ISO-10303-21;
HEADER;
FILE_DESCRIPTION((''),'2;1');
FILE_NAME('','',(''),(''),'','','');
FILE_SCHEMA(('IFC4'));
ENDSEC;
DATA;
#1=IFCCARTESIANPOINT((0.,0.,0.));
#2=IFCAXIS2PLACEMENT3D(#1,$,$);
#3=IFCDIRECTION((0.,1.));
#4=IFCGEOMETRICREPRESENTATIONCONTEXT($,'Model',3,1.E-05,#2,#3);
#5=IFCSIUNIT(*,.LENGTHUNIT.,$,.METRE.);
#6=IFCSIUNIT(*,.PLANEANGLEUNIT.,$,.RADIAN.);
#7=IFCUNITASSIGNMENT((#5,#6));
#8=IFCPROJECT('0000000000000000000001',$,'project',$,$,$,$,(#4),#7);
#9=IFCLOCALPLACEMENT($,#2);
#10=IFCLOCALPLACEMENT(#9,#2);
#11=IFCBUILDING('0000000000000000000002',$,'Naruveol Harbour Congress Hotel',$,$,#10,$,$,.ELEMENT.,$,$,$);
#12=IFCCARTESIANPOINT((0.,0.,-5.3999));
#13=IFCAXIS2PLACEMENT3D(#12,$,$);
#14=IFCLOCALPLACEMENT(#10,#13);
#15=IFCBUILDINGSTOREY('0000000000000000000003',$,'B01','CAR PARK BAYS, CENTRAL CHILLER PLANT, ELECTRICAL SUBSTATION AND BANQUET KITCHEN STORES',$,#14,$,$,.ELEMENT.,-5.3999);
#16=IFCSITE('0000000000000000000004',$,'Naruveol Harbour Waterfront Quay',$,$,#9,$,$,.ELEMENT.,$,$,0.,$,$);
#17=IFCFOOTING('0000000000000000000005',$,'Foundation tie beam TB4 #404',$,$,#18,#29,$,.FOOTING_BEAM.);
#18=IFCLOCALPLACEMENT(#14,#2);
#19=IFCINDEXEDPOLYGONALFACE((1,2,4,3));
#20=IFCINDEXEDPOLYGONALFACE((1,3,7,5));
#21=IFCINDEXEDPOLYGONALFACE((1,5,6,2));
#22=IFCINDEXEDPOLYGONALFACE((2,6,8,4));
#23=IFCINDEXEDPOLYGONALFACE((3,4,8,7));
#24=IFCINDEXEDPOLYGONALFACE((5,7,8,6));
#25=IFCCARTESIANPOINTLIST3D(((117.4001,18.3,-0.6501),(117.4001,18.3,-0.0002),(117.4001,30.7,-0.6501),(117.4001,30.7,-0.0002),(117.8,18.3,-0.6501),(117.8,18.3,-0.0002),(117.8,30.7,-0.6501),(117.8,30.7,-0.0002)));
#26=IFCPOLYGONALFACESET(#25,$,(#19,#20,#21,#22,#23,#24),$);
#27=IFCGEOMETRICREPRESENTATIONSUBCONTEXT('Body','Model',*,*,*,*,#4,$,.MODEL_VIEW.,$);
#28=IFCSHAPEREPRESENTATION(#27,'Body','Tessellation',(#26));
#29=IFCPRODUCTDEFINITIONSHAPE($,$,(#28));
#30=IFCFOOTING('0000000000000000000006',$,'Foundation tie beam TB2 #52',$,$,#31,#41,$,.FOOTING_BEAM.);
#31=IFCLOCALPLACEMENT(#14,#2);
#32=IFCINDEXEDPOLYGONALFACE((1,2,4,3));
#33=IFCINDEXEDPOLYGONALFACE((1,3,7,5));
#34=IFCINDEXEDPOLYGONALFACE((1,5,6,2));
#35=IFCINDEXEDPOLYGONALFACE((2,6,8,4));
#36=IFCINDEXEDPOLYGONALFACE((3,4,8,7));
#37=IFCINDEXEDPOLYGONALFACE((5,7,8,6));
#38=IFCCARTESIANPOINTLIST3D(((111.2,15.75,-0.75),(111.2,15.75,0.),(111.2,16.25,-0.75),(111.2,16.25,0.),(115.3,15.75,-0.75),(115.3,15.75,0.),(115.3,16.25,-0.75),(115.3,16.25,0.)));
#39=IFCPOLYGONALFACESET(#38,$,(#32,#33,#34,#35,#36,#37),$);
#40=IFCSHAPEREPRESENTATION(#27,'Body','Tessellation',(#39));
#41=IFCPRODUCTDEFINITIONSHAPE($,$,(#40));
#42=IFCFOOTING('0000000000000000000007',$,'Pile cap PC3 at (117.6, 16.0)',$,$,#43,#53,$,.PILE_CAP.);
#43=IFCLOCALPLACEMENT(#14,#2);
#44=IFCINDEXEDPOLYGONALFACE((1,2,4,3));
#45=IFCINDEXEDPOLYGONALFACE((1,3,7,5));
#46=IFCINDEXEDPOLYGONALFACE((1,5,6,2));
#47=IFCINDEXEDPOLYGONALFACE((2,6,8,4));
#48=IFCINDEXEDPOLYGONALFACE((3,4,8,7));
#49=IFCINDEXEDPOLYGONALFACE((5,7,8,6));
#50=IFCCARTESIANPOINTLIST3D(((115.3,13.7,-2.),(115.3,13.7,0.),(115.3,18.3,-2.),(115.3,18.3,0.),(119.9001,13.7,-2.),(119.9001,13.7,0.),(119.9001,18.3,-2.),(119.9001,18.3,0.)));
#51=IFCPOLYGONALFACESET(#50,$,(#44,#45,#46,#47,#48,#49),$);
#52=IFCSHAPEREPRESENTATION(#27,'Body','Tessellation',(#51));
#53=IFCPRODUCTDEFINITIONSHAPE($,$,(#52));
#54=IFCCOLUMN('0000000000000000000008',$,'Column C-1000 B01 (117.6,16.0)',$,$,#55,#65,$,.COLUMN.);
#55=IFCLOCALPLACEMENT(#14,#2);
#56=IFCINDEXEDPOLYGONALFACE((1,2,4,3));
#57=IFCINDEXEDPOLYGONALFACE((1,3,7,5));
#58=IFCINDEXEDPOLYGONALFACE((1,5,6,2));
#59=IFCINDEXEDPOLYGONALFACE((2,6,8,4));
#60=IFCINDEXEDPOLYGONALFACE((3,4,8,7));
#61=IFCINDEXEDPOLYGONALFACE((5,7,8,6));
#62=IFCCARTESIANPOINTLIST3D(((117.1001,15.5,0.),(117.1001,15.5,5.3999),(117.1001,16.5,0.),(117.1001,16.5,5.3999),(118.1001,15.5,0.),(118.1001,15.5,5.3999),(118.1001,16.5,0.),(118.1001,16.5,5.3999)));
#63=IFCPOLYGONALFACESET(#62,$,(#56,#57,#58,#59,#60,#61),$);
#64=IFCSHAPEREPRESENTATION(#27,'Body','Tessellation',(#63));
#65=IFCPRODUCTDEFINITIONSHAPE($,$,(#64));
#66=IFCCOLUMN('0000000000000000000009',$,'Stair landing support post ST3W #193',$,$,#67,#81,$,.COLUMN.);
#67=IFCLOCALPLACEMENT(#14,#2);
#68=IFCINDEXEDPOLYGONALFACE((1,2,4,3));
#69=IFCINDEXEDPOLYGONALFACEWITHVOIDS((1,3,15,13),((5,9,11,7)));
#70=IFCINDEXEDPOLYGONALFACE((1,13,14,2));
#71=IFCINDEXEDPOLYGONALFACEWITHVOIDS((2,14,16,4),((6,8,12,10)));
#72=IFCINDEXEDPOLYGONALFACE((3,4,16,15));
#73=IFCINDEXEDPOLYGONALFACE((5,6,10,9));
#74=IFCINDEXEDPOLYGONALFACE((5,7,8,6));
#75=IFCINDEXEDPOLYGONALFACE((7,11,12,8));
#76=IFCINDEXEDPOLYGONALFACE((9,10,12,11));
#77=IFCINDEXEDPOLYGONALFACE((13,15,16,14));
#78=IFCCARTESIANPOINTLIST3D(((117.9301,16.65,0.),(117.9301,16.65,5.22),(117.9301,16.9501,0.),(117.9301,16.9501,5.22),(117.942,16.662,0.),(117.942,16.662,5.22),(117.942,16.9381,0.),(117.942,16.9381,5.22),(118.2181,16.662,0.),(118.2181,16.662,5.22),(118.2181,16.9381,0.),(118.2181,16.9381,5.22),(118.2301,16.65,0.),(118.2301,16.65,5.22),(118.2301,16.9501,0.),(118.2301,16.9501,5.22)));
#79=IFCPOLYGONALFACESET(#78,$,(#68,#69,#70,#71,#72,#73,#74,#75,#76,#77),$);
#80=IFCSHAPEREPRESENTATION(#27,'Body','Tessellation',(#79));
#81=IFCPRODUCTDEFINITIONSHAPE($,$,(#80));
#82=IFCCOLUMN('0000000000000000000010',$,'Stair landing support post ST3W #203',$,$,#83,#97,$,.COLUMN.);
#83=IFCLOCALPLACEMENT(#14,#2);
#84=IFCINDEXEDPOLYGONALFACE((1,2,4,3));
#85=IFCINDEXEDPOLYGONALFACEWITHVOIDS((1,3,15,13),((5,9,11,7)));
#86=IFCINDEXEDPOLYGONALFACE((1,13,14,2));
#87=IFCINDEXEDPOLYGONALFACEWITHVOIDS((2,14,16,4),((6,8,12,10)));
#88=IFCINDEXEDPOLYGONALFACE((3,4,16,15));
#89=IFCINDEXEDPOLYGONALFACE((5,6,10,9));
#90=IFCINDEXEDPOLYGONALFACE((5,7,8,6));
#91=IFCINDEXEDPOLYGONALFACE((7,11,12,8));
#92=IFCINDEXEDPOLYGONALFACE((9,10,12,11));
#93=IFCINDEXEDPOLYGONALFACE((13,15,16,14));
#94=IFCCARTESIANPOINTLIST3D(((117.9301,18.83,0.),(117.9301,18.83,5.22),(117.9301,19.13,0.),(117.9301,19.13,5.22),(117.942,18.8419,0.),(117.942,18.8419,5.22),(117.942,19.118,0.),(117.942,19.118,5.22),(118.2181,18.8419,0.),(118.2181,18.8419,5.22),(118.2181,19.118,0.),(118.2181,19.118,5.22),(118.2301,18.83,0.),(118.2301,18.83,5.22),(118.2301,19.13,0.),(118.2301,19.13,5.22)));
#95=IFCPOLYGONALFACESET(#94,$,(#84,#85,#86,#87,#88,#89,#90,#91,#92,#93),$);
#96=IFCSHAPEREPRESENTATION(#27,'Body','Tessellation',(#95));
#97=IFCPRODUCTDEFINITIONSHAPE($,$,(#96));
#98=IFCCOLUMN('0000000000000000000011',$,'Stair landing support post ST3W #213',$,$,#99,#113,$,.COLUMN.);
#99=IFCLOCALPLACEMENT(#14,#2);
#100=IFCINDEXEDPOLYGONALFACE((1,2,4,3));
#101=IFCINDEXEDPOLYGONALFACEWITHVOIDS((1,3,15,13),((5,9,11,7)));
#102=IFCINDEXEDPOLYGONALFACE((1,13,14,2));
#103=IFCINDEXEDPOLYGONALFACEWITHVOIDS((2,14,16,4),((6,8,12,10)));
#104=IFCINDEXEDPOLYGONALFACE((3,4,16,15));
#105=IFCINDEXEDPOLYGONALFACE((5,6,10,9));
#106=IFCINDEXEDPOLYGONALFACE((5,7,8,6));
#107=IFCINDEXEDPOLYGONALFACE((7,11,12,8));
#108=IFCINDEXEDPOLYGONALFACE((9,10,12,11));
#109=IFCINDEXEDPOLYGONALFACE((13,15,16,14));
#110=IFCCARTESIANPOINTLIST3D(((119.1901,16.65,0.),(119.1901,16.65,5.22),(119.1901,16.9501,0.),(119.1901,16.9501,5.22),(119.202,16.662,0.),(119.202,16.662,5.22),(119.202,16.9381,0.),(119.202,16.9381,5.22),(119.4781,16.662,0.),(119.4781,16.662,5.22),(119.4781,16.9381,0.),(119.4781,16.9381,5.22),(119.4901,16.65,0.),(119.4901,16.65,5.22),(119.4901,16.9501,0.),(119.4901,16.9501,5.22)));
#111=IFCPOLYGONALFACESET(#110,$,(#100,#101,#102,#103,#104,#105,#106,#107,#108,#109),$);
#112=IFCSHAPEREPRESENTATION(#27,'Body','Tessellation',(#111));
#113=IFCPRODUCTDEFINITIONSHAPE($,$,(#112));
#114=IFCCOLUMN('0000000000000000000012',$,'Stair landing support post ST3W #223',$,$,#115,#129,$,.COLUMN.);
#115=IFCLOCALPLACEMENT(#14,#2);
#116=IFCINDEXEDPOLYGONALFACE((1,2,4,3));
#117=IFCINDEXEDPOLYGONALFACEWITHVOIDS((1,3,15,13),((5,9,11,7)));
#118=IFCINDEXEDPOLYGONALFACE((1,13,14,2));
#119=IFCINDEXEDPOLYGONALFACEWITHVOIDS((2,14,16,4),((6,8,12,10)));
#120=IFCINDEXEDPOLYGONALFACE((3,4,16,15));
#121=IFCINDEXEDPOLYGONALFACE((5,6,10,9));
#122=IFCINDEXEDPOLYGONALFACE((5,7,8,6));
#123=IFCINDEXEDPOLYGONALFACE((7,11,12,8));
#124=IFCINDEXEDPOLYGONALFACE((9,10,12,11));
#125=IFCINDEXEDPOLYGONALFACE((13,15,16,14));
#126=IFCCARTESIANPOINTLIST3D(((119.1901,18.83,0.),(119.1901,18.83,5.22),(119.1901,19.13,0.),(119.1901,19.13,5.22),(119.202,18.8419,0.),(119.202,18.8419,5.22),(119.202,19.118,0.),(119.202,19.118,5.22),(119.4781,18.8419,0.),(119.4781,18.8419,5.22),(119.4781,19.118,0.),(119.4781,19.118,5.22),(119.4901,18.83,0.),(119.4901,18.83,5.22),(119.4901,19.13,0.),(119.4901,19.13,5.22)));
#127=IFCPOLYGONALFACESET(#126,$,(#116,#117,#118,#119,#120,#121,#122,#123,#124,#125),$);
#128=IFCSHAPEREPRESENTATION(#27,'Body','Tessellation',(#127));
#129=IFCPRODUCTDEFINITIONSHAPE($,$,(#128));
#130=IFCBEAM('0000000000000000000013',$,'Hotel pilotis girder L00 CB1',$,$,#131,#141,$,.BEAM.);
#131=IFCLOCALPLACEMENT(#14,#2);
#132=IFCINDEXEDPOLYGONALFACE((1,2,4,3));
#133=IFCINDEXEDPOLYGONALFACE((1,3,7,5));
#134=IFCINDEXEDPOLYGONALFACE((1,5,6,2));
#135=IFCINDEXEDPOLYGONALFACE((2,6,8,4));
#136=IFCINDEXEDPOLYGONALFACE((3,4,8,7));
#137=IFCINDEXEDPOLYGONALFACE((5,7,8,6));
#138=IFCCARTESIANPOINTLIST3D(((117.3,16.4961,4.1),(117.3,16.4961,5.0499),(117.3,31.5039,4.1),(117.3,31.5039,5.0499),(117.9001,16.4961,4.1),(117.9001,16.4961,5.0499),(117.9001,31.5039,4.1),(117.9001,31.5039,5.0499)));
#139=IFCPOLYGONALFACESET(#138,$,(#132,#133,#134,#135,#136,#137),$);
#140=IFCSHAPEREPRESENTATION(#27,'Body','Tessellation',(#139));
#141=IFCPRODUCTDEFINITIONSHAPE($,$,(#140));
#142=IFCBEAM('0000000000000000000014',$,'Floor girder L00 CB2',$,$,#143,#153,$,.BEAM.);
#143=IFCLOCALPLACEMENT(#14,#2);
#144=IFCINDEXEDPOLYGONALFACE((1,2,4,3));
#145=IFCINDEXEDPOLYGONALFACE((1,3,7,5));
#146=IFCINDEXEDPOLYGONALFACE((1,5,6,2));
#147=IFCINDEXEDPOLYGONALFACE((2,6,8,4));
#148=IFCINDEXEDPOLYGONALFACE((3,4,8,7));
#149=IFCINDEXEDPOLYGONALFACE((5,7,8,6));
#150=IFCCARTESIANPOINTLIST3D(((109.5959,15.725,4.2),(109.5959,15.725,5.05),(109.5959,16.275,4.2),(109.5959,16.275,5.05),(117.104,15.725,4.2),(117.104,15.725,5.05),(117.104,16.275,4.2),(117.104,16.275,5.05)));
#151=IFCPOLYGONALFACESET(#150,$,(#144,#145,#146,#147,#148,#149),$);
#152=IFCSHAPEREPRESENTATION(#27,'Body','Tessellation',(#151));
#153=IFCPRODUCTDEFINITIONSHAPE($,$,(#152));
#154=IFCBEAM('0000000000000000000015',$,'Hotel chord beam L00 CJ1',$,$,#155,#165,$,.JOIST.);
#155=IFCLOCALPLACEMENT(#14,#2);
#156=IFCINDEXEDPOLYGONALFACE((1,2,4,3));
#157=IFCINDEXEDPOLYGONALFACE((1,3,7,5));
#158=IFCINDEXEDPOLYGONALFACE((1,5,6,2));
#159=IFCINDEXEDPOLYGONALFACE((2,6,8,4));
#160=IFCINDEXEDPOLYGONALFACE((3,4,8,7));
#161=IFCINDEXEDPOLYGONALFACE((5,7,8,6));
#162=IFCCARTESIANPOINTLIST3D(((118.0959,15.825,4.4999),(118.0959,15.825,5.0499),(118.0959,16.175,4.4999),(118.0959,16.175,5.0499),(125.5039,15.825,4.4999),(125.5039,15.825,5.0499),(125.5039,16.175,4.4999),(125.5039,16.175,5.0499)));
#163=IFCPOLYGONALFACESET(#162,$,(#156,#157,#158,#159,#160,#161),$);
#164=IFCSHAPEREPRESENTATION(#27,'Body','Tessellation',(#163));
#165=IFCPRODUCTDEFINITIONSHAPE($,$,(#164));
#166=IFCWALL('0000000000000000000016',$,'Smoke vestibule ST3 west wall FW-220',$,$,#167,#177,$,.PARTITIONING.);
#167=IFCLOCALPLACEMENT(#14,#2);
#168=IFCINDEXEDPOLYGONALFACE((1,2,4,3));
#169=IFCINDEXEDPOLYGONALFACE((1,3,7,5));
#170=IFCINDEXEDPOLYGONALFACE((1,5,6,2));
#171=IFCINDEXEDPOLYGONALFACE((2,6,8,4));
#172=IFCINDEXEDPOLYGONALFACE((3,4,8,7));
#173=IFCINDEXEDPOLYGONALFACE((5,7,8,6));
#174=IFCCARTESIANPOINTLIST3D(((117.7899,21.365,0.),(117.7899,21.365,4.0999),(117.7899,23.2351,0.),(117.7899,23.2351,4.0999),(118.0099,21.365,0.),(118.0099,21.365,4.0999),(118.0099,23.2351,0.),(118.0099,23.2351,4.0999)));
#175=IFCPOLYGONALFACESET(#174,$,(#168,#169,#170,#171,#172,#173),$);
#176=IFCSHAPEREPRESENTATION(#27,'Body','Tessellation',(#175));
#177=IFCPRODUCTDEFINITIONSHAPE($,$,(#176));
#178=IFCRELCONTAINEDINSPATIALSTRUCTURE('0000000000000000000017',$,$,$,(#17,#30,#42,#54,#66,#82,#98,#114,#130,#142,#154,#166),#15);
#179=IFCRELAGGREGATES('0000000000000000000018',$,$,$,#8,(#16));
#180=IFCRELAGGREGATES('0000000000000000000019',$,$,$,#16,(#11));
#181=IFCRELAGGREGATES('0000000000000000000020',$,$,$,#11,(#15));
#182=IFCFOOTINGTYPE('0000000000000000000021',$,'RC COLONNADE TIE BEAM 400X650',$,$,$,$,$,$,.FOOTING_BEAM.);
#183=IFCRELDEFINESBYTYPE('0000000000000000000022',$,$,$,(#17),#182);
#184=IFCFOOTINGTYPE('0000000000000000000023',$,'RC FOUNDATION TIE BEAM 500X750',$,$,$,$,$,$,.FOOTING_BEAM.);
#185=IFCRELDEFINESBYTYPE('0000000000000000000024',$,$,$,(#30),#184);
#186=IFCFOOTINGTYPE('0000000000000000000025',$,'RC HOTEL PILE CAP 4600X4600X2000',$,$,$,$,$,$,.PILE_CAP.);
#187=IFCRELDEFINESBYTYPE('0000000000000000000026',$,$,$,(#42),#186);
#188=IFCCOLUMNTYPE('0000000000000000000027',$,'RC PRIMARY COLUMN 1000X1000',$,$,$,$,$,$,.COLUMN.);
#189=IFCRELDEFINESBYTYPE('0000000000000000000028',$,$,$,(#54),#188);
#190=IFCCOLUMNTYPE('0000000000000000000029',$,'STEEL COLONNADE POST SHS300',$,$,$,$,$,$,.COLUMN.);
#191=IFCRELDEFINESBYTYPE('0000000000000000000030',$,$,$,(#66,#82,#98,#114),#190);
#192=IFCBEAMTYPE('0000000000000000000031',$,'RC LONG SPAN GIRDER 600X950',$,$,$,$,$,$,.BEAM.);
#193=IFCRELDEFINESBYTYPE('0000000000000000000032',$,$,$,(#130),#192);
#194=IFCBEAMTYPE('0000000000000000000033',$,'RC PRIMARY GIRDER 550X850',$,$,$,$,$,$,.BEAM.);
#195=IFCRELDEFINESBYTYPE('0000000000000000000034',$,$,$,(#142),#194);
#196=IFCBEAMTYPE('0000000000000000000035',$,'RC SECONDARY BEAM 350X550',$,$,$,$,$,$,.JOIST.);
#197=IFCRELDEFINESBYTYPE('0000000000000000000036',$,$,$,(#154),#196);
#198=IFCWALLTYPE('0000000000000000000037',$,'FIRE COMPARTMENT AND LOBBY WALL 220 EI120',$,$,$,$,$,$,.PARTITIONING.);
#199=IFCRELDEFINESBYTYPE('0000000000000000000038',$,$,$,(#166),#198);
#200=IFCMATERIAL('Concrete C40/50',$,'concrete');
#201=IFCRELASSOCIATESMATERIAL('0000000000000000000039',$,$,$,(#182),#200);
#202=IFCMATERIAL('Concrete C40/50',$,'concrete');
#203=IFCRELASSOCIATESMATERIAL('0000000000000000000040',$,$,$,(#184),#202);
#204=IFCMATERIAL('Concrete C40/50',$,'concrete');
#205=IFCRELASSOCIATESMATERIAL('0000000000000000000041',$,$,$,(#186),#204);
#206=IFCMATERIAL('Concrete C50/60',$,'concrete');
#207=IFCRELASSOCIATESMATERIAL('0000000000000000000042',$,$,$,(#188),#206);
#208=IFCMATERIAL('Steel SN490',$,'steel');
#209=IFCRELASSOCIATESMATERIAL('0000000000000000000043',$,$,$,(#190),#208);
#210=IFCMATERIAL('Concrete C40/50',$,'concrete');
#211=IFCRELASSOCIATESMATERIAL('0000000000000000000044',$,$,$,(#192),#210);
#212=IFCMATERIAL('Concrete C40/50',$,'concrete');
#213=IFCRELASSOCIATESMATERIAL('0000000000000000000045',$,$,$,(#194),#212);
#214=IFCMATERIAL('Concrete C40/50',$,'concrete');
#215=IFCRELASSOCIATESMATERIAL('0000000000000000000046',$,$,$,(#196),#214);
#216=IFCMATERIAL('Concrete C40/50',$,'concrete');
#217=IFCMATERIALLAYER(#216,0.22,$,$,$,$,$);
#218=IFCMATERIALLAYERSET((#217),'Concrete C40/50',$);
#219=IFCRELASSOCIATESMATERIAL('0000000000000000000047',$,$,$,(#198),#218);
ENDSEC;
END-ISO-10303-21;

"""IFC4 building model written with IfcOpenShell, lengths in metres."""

from ifc_helpers import new_model, si_unit, direction, frame, frame_2d, origin, origin_2d, place, context, subcontext, project, spatial, rectangle, hollow_rectangle, extrude, material, layer, layer_set, material_profile, profile_set, type_object, element, save


model = new_model("IFC4")

# Units and contexts
model_context = context("Model", 3, precision=1e-05, world=origin(), true_north=direction((0.0, 1.0)))
body_context = subcontext(model_context, "Body", "Model", "MODEL_VIEW")
ifc_project = project(units=[si_unit("LENGTHUNIT", "METRE"), si_unit("PLANEANGLEUNIT", "RADIAN")], contexts=[model_context])

# Site, building, storey
site_placement = place(None, origin())
site = spatial("IfcSite", under=ifc_project, at=site_placement, Name="Naruveol Harbour Waterfront Quay", CompositionType="ELEMENT", RefElevation=0.0)
building_placement = place(site_placement, origin())
building = spatial("IfcBuilding", under=site, at=building_placement, Name="Naruveol Harbour Congress Hotel", CompositionType="ELEMENT")
storey_placement = place(building_placement, frame((0.0, 0.0, -5.3999)))
storey = spatial("IfcBuildingStorey", under=building, at=storey_placement, Name="B01", Description="CAR PARK BAYS, CENTRAL CHILLER PLANT, ELECTRICAL SUBSTATION AND BANQUET KITCHEN STORES", CompositionType="ELEMENT", Elevation=-5.3999)

# Footings
ifc_material_1 = material(Name="Concrete C40/50", Category="concrete")
ifc_material_profile_1 = material_profile(ifc_material_1, rectangle(XDim=0.3999, YDim=0.6499, at=origin_2d()), Name="RCB-400x650")
ifc_profile_set_1 = profile_set([ifc_material_profile_1], Name="Concrete C40/50")
footing_type_1 = type_object("IfcFootingType", Name="RC COLONNADE TIE BEAM 400X650", PredefinedType="FOOTING_BEAM", material=ifc_profile_set_1)
footing_1_placement = place(storey_placement, frame((117.6001, 18.3, -0.3252), z_axis=(0.0, 1.0, 0.0), x_axis=(-1.0, 0.0, 0.0)))
element("IfcFooting", 1, at=footing_1_placement, inside=storey, type_object=footing_type_1, Name="Foundation tie beam TB4 #404", PredefinedType="FOOTING_BEAM", context=body_context, shape_type="SweptSolid", body=[
    extrude(rectangle(XDim=0.3999, YDim=0.6499, at=origin_2d()), origin(), (0.0, 0.0, 1.0), 12.3999),
])
ifc_material_2 = material(Name="Concrete C40/50", Category="concrete")
ifc_material_profile_2 = material_profile(ifc_material_2, rectangle(XDim=0.5, YDim=0.75, at=origin_2d()), Name="RCB-500x750")
ifc_profile_set_2 = profile_set([ifc_material_profile_2], Name="Concrete C40/50")
footing_type_2 = type_object("IfcFootingType", Name="RC FOUNDATION TIE BEAM 500X750", PredefinedType="FOOTING_BEAM", material=ifc_profile_set_2)
footing_2_placement = place(storey_placement, frame((111.2, 16.0, -0.375), z_axis=(1.0, 0.0, 0.0), x_axis=(0.0, 1.0, 0.0)))
element("IfcFooting", 2, at=footing_2_placement, inside=storey, type_object=footing_type_2, Name="Foundation tie beam TB2 #52", PredefinedType="FOOTING_BEAM", context=body_context, shape_type="SweptSolid", body=[
    extrude(rectangle(XDim=0.5, YDim=0.75, at=origin_2d()), origin(), (0.0, 0.0, 1.0), 4.1001),
])
ifc_material_3 = material(Name="Concrete C40/50", Category="concrete")
footing_type_3 = type_object("IfcFootingType", Name="RC HOTEL PILE CAP 4600X4600X2000", PredefinedType="PILE_CAP", material=ifc_material_3)
footing_3_placement = place(storey_placement, frame((117.6001, 16.0, -2.0), z_axis=(0.0, 0.0, 1.0), x_axis=(1.0, 0.0, 0.0)))
element("IfcFooting", 3, at=footing_3_placement, inside=storey, type_object=footing_type_3, Name="Pile cap PC3 at (117.6, 16.0)", PredefinedType="PILE_CAP", context=body_context, shape_type="SweptSolid", body=[
    extrude(rectangle(XDim=4.6001, YDim=4.6001, at=origin_2d()), origin(), (0.0, 0.0, 1.0), 2.0),
])

# Columns
ifc_material_4 = material(Name="Concrete C50/60", Category="concrete")
ifc_material_profile_3 = material_profile(ifc_material_4, rectangle(XDim=1.0, YDim=1.0, at=origin_2d()), Name="RC-1000x1000")
ifc_profile_set_3 = profile_set([ifc_material_profile_3], Name="Concrete C50/60")
column_type_1 = type_object("IfcColumnType", Name="RC PRIMARY COLUMN 1000X1000", PredefinedType="COLUMN", material=ifc_profile_set_3)
column_placement = place(storey_placement, frame((117.6001, 16.0, 0.0), z_axis=(0.0, 0.0, 1.0), x_axis=(1.0, 0.0, 0.0)))
element("IfcColumn", 4, at=column_placement, inside=storey, type_object=column_type_1, Name="Column C-1000 B01 (117.6,16.0)", PredefinedType="COLUMN", context=body_context, shape_type="SweptSolid", body=[
    extrude(rectangle(XDim=1.0, YDim=1.0, at=origin_2d()), origin(), (0.0, 0.0, 1.0), 5.3999),
])
ifc_material_5 = material(Name="Steel SN490", Category="steel")
ifc_material_profile_4 = material_profile(ifc_material_5, hollow_rectangle(XDim=0.3, YDim=0.3, WallThickness=0.012, at=origin_2d()), Name="SHS-300x300x12")
ifc_profile_set_4 = profile_set([ifc_material_profile_4], Name="Steel SN490")
column_type_2 = type_object("IfcColumnType", Name="STEEL COLONNADE POST SHS300", PredefinedType="COLUMN", material=ifc_profile_set_4)
for number, where, z_axis, x_axis, name in (
    (5, (118.0801, 16.8, 0.0), (0.0, 0.0, 1.0), (1.0, 0.0, 0.0), "Stair landing support post ST3W #193"),
    (6, (118.0801, 18.98, 0.0), (0.0, 0.0, 1.0), (1.0, 0.0, 0.0), "Stair landing support post ST3W #203"),
    (7, (119.3401, 16.8, 0.0), (0.0, 0.0, 1.0), (1.0, 0.0, 0.0), "Stair landing support post ST3W #213"),
    (8, (119.3401, 18.98, 0.0), (0.0, 0.0, 1.0), (1.0, 0.0, 0.0), "Stair landing support post ST3W #223"),
):
    element("IfcColumn", number, at=place(storey_placement, frame(where, z_axis=z_axis, x_axis=x_axis)), inside=storey, type_object=column_type_2, Name=name, PredefinedType="COLUMN", context=body_context, shape_type="SweptSolid", body=[
        extrude(hollow_rectangle(XDim=0.3, YDim=0.3, WallThickness=0.012, at=origin_2d()), origin(), (0.0, 0.0, 1.0), 5.22),
    ])

# Beams
ifc_material_6 = material(Name="Concrete C40/50", Category="concrete")
ifc_material_profile_5 = material_profile(ifc_material_6, rectangle(XDim=0.6001, YDim=0.95, at=origin_2d()), Name="RCB-600x950")
ifc_profile_set_5 = profile_set([ifc_material_profile_5], Name="Concrete C40/50")
beam_type_1 = type_object("IfcBeamType", Name="RC LONG SPAN GIRDER 600X950", PredefinedType="BEAM", material=ifc_profile_set_5)
beam_1_placement = place(storey_placement, frame((117.6001, 16.4961, 4.575), z_axis=(0.0, 1.0, 0.0), x_axis=(-1.0, 0.0, 0.0)))
element("IfcBeam", 9, at=beam_1_placement, inside=storey, type_object=beam_type_1, Name="Hotel pilotis girder L00 CB1", PredefinedType="BEAM", context=body_context, shape_type="SweptSolid", body=[
    extrude(rectangle(XDim=0.6001, YDim=0.95, at=origin_2d()), origin(), (0.0, 0.0, 1.0), 15.0078),
])
ifc_material_7 = material(Name="Concrete C40/50", Category="concrete")
ifc_material_profile_6 = material_profile(ifc_material_7, rectangle(XDim=0.55, YDim=0.8501, at=origin_2d()), Name="RCB-550x850")
ifc_profile_set_6 = profile_set([ifc_material_profile_6], Name="Concrete C40/50")
beam_type_2 = type_object("IfcBeamType", Name="RC PRIMARY GIRDER 550X850", PredefinedType="BEAM", material=ifc_profile_set_6)
beam_2_placement = place(storey_placement, frame((109.5959, 16.0, 4.625), z_axis=(1.0, 0.0, 0.0), x_axis=(0.0, 1.0, 0.0)))
element("IfcBeam", 10, at=beam_2_placement, inside=storey, type_object=beam_type_2, Name="Floor girder L00 CB2", PredefinedType="BEAM", context=body_context, shape_type="SweptSolid", body=[
    extrude(rectangle(XDim=0.55, YDim=0.8501, at=origin_2d()), origin(), (0.0, 0.0, 1.0), 7.5081),
])
ifc_material_8 = material(Name="Concrete C40/50", Category="concrete")
ifc_material_profile_7 = material_profile(ifc_material_8, rectangle(XDim=0.3501, YDim=0.55, at=origin_2d()), Name="RCB-350x550")
ifc_profile_set_7 = profile_set([ifc_material_profile_7], Name="Concrete C40/50")
beam_type_3 = type_object("IfcBeamType", Name="RC SECONDARY BEAM 350X550", PredefinedType="JOIST", material=ifc_profile_set_7)
beam_3_placement = place(storey_placement, frame((118.0959, 16.0, 4.7749), z_axis=(1.0, 0.0, 0.0), x_axis=(0.0, 1.0, 0.0)))
element("IfcBeam", 11, at=beam_3_placement, inside=storey, type_object=beam_type_3, Name="Hotel chord beam L00 CJ1", PredefinedType="JOIST", context=body_context, shape_type="SweptSolid", body=[
    extrude(rectangle(XDim=0.3501, YDim=0.55, at=origin_2d()), origin(), (0.0, 0.0, 1.0), 7.408),
])

# Wall
ifc_material_9 = material(Name="Concrete C40/50", Category="concrete")
ifc_layer_1 = layer(ifc_material_9, 0.22)
ifc_layer_set_1 = layer_set([ifc_layer_1], Name="Concrete C40/50")
wall_type_1 = type_object("IfcWallType", Name="FIRE COMPARTMENT AND LOBBY WALL 220 EI120", PredefinedType="PARTITIONING", material=ifc_layer_set_1)
wall_1_placement = place(storey_placement, frame((117.8999, 21.365, 0.0), z_axis=(0.0, 0.0, 1.0), x_axis=(0.0, 1.0, 0.0)))
element("IfcWall", 12, at=wall_1_placement, inside=storey, type_object=wall_type_1, Name="Smoke vestibule ST3 west wall FW-220", PredefinedType="PARTITIONING", context=body_context, shape_type="SweptSolid", body=[
    extrude(rectangle(XDim=1.8701, YDim=0.22, at=frame_2d((0.9351, 0.0))), origin(), (0.0, 0.0, 1.0), 4.0999),
])

save(model, "model.ifc")
